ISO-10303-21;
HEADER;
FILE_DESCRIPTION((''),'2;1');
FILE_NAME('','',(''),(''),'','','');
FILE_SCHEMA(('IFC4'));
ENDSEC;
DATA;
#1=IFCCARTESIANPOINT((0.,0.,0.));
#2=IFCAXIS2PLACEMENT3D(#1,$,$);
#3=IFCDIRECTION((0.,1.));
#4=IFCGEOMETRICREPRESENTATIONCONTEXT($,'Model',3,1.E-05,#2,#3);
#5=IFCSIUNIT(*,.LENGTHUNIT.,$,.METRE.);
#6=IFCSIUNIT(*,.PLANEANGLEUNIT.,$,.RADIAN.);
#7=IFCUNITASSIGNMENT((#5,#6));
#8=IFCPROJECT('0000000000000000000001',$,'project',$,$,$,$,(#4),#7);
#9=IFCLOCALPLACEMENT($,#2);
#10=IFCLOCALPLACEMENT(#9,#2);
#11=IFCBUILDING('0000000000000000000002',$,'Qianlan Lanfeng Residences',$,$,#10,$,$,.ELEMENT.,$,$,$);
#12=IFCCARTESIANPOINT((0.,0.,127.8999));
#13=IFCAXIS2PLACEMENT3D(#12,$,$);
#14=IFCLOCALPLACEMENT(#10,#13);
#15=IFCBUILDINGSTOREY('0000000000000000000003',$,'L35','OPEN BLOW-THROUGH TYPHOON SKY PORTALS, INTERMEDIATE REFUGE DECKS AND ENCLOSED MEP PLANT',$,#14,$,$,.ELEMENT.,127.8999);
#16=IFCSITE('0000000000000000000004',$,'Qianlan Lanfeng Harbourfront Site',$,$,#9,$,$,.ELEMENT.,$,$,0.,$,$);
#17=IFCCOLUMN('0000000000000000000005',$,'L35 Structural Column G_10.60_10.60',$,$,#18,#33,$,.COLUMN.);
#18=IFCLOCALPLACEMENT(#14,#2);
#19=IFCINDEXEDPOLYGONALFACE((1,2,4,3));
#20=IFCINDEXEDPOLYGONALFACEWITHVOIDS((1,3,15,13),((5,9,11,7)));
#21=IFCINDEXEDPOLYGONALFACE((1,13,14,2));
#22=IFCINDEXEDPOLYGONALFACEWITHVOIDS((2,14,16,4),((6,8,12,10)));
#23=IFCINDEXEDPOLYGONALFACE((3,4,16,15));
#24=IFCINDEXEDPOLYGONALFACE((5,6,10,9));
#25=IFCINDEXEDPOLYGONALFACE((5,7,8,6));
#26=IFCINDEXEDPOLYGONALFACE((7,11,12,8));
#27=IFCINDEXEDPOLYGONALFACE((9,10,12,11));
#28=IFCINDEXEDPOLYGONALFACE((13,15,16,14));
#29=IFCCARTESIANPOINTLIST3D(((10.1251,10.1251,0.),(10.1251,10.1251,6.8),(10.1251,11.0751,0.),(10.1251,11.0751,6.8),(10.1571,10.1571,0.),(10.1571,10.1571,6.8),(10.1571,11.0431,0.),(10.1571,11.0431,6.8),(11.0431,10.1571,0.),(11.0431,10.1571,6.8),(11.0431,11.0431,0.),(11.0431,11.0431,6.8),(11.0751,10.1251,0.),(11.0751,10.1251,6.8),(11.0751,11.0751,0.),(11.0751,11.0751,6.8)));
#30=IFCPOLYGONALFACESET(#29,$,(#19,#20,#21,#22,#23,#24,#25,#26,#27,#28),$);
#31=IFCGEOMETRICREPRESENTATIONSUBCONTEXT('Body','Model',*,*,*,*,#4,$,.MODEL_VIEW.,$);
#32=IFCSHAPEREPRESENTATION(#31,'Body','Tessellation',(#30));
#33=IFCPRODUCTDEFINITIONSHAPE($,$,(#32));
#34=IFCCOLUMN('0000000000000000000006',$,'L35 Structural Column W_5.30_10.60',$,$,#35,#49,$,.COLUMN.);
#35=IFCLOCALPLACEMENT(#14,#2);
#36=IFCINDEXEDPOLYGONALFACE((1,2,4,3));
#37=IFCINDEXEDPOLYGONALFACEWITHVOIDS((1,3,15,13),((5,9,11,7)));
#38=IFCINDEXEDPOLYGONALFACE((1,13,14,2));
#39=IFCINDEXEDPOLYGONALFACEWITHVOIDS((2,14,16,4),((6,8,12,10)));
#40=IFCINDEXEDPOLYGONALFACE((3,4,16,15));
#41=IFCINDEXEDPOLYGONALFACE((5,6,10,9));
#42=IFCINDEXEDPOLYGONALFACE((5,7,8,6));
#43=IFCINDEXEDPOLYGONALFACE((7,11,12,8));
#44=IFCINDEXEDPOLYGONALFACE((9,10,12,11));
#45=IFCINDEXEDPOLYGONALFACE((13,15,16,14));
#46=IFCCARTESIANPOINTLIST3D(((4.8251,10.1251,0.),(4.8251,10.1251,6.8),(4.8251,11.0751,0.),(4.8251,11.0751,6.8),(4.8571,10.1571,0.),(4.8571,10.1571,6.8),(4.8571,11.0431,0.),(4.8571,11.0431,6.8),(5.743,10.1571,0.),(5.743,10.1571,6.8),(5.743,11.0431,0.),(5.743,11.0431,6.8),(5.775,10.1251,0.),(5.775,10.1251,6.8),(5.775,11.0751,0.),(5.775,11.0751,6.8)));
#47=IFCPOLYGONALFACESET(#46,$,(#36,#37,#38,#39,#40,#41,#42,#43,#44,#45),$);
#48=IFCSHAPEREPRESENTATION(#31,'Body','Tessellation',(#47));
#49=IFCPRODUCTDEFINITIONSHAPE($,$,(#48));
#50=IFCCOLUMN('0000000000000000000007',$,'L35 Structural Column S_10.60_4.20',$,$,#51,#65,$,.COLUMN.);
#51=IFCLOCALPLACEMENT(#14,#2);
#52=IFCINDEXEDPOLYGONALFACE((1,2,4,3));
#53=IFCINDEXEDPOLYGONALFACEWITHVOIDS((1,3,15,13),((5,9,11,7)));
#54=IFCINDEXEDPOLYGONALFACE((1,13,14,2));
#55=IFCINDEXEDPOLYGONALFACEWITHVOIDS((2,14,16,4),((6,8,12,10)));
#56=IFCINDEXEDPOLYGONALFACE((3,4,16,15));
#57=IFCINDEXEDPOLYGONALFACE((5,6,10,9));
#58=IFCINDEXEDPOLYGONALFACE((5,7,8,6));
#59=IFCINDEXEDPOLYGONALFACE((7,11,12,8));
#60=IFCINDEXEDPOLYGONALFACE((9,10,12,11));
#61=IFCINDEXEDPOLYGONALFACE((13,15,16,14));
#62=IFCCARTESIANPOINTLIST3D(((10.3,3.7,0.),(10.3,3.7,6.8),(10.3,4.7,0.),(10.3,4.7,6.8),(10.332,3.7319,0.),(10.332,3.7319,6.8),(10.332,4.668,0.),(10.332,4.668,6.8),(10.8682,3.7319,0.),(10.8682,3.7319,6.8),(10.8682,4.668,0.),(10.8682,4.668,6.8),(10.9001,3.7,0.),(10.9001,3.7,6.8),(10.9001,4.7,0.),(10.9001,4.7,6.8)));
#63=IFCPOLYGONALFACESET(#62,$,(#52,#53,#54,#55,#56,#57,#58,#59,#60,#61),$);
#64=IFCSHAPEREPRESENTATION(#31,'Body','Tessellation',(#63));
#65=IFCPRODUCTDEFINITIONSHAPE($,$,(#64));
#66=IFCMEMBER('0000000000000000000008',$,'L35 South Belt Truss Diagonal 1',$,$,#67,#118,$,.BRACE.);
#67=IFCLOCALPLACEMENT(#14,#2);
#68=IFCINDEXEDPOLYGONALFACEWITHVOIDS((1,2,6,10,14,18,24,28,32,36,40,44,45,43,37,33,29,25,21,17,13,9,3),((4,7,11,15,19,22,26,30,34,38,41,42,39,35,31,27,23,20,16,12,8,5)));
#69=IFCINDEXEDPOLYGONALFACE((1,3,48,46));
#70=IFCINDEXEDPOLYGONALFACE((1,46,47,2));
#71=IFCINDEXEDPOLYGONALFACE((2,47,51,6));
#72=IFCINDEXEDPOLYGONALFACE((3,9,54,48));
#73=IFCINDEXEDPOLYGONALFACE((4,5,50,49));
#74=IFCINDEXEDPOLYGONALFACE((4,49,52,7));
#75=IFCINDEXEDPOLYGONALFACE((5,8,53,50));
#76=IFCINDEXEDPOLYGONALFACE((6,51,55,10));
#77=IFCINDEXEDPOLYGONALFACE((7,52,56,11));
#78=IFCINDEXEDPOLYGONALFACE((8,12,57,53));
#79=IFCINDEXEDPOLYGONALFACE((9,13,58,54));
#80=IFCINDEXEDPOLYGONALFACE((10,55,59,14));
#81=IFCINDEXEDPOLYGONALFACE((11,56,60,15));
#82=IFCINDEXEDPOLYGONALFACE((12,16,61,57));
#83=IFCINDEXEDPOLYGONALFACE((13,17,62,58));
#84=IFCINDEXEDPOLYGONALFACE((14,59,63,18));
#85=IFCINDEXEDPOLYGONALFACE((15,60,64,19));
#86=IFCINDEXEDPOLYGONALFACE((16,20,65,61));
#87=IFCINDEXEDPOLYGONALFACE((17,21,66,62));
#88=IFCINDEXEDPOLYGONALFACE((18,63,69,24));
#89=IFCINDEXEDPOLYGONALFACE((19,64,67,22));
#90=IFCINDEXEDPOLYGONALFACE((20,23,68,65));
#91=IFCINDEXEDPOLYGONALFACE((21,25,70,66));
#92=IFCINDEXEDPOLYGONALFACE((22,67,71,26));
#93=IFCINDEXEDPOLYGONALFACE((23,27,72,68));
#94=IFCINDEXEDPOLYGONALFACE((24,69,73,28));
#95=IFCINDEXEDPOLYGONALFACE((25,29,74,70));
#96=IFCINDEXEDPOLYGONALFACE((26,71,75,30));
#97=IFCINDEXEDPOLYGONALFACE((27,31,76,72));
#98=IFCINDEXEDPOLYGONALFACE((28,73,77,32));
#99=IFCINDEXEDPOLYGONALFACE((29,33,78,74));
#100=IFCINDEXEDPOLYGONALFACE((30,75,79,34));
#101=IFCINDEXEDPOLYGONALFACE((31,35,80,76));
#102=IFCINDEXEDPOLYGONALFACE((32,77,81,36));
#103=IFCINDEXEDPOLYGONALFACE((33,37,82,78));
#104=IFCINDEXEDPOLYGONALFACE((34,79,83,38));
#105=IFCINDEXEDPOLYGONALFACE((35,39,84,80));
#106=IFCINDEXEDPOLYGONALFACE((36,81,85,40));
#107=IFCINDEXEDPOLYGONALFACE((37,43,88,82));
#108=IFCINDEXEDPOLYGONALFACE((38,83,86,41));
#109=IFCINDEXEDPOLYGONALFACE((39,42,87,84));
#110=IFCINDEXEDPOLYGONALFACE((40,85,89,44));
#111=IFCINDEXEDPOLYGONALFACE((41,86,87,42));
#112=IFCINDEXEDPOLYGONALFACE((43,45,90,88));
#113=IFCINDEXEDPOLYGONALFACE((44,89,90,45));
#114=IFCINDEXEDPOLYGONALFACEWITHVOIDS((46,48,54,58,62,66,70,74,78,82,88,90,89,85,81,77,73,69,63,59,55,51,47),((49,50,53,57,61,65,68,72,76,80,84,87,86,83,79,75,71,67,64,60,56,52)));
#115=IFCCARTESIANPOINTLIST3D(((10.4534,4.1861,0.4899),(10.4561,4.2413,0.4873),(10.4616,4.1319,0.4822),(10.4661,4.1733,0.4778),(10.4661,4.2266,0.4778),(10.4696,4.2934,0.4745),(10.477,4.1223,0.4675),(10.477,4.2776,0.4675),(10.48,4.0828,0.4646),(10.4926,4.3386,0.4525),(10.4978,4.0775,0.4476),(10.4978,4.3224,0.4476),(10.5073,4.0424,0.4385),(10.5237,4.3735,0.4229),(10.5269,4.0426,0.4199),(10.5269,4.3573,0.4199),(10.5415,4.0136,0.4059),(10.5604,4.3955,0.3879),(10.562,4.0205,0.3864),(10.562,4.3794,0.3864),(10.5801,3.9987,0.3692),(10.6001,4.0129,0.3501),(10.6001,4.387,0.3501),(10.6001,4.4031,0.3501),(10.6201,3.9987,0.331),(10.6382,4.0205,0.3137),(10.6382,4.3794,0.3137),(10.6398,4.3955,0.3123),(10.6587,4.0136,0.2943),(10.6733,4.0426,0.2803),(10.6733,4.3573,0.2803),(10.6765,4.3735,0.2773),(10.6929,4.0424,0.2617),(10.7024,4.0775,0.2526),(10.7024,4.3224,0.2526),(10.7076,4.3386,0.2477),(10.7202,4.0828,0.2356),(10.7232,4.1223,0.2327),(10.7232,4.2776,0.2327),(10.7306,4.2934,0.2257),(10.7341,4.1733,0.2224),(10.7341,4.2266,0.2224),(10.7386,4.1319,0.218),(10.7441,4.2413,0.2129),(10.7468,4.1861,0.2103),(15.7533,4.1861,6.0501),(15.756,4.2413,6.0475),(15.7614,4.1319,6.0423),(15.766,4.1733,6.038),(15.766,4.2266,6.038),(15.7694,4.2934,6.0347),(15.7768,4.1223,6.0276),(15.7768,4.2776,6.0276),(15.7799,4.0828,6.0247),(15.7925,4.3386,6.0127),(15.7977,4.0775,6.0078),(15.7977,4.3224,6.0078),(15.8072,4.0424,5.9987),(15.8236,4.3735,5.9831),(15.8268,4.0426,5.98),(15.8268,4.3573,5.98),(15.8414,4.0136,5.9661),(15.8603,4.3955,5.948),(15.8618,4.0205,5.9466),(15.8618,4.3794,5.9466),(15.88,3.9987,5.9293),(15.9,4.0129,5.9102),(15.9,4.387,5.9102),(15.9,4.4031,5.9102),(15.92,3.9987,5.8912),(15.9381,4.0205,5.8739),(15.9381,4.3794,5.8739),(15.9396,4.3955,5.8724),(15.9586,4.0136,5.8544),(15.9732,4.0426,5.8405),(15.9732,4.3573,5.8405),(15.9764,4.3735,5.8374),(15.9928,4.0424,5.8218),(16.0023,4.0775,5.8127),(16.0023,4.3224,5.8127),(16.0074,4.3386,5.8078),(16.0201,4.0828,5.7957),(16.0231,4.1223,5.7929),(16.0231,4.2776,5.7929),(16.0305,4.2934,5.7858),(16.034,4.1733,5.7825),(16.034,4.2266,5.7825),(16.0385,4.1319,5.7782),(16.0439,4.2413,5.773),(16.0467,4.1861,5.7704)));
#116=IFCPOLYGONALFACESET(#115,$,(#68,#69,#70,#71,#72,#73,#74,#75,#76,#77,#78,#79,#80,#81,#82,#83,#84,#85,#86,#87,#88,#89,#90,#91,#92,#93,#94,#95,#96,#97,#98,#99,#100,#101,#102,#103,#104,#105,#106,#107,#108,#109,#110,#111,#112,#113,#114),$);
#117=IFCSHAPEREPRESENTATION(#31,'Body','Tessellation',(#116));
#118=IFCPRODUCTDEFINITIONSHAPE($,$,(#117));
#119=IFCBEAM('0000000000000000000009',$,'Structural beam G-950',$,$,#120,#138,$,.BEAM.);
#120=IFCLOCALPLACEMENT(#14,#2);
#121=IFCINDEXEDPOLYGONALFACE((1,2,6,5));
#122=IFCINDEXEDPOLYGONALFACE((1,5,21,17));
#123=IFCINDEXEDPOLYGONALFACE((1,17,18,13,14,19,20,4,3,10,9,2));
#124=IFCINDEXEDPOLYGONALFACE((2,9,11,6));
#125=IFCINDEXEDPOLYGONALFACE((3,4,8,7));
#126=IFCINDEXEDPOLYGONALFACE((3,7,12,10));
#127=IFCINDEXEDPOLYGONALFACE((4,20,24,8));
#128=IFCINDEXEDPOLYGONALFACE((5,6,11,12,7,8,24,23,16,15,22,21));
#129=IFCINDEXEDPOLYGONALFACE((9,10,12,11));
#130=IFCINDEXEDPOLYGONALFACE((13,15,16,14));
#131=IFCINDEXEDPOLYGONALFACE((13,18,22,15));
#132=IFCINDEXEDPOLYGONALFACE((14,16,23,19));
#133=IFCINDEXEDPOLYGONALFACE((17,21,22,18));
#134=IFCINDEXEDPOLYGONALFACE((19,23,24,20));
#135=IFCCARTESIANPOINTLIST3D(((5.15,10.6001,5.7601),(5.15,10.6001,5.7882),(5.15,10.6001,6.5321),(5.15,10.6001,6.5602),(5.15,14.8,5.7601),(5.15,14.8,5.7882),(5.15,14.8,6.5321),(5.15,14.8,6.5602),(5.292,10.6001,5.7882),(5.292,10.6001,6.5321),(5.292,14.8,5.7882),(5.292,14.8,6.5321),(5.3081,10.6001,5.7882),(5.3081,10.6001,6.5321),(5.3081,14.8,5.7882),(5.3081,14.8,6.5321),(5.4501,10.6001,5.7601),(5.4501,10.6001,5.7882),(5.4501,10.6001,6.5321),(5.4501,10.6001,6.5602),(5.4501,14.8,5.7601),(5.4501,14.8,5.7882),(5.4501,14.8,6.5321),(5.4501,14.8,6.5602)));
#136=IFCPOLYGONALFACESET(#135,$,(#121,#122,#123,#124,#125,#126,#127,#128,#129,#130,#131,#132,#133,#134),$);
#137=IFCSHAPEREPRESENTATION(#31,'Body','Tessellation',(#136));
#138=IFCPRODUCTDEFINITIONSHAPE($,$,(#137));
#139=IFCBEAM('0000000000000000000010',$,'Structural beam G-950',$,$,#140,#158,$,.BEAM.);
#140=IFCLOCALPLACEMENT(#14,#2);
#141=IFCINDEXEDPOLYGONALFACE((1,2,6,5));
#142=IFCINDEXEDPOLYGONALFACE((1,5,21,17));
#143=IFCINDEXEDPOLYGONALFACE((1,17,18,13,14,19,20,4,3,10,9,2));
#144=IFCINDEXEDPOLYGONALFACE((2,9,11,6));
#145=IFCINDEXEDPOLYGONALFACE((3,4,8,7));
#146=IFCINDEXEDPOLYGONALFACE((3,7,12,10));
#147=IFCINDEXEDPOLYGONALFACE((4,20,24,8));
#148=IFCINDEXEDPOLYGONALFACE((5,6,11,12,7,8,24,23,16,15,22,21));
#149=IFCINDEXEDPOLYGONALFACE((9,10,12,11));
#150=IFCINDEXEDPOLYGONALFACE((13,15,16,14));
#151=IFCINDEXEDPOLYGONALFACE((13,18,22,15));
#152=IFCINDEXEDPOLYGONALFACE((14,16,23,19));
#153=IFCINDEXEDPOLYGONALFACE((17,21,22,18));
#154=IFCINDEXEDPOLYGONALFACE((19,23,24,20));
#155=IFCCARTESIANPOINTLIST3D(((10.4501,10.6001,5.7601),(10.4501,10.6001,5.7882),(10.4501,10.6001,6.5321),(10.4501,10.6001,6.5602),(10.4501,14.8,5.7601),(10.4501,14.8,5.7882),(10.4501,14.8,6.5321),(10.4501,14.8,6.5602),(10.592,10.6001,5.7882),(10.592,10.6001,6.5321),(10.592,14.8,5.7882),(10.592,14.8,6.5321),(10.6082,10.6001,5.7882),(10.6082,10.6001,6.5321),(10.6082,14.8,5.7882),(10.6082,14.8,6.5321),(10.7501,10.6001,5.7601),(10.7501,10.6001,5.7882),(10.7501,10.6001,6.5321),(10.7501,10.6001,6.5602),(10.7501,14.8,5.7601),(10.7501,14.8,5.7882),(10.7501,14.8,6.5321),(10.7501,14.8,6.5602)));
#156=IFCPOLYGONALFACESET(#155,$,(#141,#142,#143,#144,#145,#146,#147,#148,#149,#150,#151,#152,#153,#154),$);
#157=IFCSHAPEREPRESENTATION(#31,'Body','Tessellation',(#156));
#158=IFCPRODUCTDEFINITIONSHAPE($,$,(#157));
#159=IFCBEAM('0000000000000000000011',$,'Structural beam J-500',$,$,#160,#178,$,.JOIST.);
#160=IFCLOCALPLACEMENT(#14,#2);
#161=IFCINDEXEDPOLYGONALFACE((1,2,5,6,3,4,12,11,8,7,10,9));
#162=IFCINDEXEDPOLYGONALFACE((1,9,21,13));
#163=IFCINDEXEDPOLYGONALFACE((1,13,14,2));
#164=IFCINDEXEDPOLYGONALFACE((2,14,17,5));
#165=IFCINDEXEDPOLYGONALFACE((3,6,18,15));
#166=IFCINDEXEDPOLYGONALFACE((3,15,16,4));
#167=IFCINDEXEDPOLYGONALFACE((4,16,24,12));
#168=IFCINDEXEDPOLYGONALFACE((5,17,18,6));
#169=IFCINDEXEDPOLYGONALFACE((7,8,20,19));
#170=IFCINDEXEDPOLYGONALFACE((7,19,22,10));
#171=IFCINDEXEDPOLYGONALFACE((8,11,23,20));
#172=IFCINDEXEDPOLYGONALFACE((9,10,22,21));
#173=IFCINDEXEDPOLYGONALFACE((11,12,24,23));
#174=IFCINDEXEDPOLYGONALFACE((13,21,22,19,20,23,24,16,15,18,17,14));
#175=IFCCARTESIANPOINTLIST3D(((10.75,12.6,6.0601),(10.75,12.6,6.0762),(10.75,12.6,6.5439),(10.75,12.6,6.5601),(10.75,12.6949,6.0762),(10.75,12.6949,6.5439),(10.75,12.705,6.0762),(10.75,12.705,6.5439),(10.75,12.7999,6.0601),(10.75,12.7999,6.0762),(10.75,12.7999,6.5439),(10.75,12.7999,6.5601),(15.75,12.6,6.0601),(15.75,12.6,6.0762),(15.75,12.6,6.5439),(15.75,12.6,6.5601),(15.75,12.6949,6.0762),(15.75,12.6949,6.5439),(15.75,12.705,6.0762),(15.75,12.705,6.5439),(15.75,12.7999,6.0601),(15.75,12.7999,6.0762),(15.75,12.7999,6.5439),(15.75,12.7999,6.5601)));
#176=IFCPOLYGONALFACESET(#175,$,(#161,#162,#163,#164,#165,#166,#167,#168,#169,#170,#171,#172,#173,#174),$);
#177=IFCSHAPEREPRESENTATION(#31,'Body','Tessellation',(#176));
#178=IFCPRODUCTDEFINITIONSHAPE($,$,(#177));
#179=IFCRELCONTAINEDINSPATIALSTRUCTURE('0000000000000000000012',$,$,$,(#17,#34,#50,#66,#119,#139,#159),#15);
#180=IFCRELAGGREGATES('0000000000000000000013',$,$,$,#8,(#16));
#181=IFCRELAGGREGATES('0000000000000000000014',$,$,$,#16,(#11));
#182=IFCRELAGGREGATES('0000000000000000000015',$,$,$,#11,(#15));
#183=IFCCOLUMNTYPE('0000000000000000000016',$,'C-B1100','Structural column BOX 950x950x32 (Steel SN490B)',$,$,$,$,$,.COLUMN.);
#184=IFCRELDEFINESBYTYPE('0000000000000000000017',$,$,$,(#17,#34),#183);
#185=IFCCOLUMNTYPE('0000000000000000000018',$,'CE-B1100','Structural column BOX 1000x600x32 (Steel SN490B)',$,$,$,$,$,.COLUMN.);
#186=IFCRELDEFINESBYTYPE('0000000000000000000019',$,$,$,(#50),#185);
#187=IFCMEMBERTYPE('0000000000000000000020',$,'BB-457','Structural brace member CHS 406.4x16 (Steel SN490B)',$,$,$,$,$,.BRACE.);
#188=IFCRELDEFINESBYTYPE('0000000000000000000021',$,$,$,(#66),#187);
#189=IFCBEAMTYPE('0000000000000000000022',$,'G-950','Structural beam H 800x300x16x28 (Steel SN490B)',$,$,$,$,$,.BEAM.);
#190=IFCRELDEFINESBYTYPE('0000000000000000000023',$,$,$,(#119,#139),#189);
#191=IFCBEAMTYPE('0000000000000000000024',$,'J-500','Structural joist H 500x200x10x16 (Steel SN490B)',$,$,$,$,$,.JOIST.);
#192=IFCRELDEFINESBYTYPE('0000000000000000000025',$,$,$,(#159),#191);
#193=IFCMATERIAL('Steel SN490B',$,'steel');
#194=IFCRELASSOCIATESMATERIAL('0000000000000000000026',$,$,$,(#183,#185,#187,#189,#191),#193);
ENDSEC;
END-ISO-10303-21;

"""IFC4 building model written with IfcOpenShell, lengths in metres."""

from ifc_helpers import new_model, si_unit, direction, frame, origin, origin_2d, place, context, subcontext, project, spatial, hollow_rectangle, hollow_circle, i_section, extrude, material, material_profile, profile_set, type_object, element, save


model = new_model("IFC4")

# Units and contexts
model_context = context("Model", 3, precision=1e-05, world=origin(), true_north=direction((0.0, 1.0)))
body_context = subcontext(model_context, "Body", "Model", "MODEL_VIEW")
ifc_project = project(units=[si_unit("LENGTHUNIT", "METRE"), si_unit("PLANEANGLEUNIT", "RADIAN")], contexts=[model_context])

# Site, building, storey
site_placement = place(None, origin())
site = spatial("IfcSite", under=ifc_project, at=site_placement, Name="Qianlan Lanfeng Harbourfront Site", CompositionType="ELEMENT", RefElevation=0.0)
building_placement = place(site_placement, origin())
building = spatial("IfcBuilding", under=site, at=building_placement, Name="Qianlan Lanfeng Residences", CompositionType="ELEMENT")
storey_placement = place(building_placement, frame((0.0, 0.0, 127.8999)))
storey = spatial("IfcBuildingStorey", under=building, at=storey_placement, Name="L35", Description="OPEN BLOW-THROUGH TYPHOON SKY PORTALS, INTERMEDIATE REFUGE DECKS AND ENCLOSED MEP PLANT", CompositionType="ELEMENT", Elevation=127.8999)

# Columns
ifc_material_1 = material(Name="Steel SN490B", Category="steel")
ifc_material_profile_1 = material_profile(ifc_material_1, hollow_rectangle(XDim=0.95, YDim=0.95, WallThickness=0.032, at=origin_2d()), Name="BOX 950x950x32")
ifc_profile_set_1 = profile_set([ifc_material_profile_1], Name="Steel SN490B")
column_type_1 = type_object("IfcColumnType", Name="C-B1100", Description="Structural column BOX 950x950x32 (Steel SN490B)", PredefinedType="COLUMN", material=ifc_profile_set_1)
for number, where, z_axis, x_axis, name in (
    (1, (10.6001, 10.6001, 0.0), (0.0, 0.0, 1.0), (1.0, 0.0, 0.0), "L35 Structural Column G_10.60_10.60"),
    (2, (5.3, 10.6001, 0.0), (0.0, 0.0, 1.0), (1.0, 0.0, 0.0), "L35 Structural Column W_5.30_10.60"),
):
    element("IfcColumn", number, at=place(storey_placement, frame(where, z_axis=z_axis, x_axis=x_axis)), inside=storey, type_object=column_type_1, Name=name, PredefinedType="COLUMN", context=body_context, shape_type="SweptSolid", body=[
        extrude(hollow_rectangle(XDim=0.95, YDim=0.95, WallThickness=0.032, at=origin_2d()), origin(), (0.0, 0.0, 1.0), 6.8),
    ])
ifc_material_profile_2 = material_profile(ifc_material_1, hollow_rectangle(XDim=0.6001, YDim=1.0, WallThickness=0.032, at=origin_2d()), Name="BOX 1000x600x32")
ifc_profile_set_2 = profile_set([ifc_material_profile_2], Name="Steel SN490B")
column_type_2 = type_object("IfcColumnType", Name="CE-B1100", Description="Structural column BOX 1000x600x32 (Steel SN490B)", PredefinedType="COLUMN", material=ifc_profile_set_2)
column_placement = place(storey_placement, frame((10.6001, 4.2, 0.0), z_axis=(0.0, 0.0, 1.0), x_axis=(1.0, 0.0, 0.0)))
element("IfcColumn", 3, at=column_placement, inside=storey, type_object=column_type_2, Name="L35 Structural Column S_10.60_4.20", PredefinedType="COLUMN", context=body_context, shape_type="SweptSolid", body=[
    extrude(hollow_rectangle(XDim=0.6001, YDim=1.0, WallThickness=0.032, at=origin_2d()), origin(), (0.0, 0.0, 1.0), 6.8),
])

# Member
ifc_material_profile_3 = material_profile(ifc_material_1, hollow_circle(Radius=0.2031, WallThickness=0.0161, at=origin_2d()), Name="CHS 406.4x16")
ifc_profile_set_3 = profile_set([ifc_material_profile_3], Name="Steel SN490B")
member_type_1 = type_object("IfcMemberType", Name="BB-457", Description="Structural brace member CHS 406.4x16 (Steel SN490B)", PredefinedType="BRACE", material=ifc_profile_set_3)
member_1_placement = place(storey_placement, frame((10.6001, 4.2, 0.3501), z_axis=(0.689963, 0.0, 0.723845), x_axis=(0.0, 1.0, 0.0)))
element("IfcMember", 4, at=member_1_placement, inside=storey, type_object=member_type_1, Name="L35 South Belt Truss Diagonal 1", PredefinedType="BRACE", context=body_context, shape_type="SweptSolid", body=[
    extrude(hollow_circle(Radius=0.2031, WallThickness=0.0161, at=origin_2d()), origin(), (0.0, 0.0, 1.0), 7.6814),
])

# Beams
ifc_material_profile_4 = material_profile(ifc_material_1, i_section(OverallWidth=0.3, OverallDepth=0.8, WebThickness=0.0161, FlangeThickness=0.0281, at=origin_2d()), Name="H 800x300x16x28")
ifc_profile_set_4 = profile_set([ifc_material_profile_4], Name="Steel SN490B")
beam_type_1 = type_object("IfcBeamType", Name="G-950", Description="Structural beam H 800x300x16x28 (Steel SN490B)", PredefinedType="BEAM", material=ifc_profile_set_4)
for number, where, z_axis, x_axis, name in (
    (5, (5.3, 10.6001, 6.1602), (0.0, 1.0, 0.0), (-1.0, 0.0, 0.0), "Structural beam G-950"),
    (6, (10.6001, 10.6001, 6.1602), (0.0, 1.0, 0.0), (-1.0, 0.0, 0.0), "Structural beam G-950"),
):
    element("IfcBeam", number, at=place(storey_placement, frame(where, z_axis=z_axis, x_axis=x_axis)), inside=storey, type_object=beam_type_1, Name=name, PredefinedType="BEAM", context=body_context, shape_type="SweptSolid", body=[
        extrude(i_section(OverallWidth=0.3, OverallDepth=0.8, WebThickness=0.0161, FlangeThickness=0.0281, at=origin_2d()), origin(), (0.0, 0.0, 1.0), 4.2),
    ])
ifc_material_profile_5 = material_profile(ifc_material_1, i_section(OverallWidth=0.2, OverallDepth=0.5, WebThickness=0.01, FlangeThickness=0.0161, at=origin_2d()), Name="H 500x200x10x16")
ifc_profile_set_5 = profile_set([ifc_material_profile_5], Name="Steel SN490B")
beam_type_2 = type_object("IfcBeamType", Name="J-500", Description="Structural joist H 500x200x10x16 (Steel SN490B)", PredefinedType="JOIST", material=ifc_profile_set_5)
beam_1_placement = place(storey_placement, frame((10.75, 12.7, 6.3101), z_axis=(1.0, 0.0, 0.0), x_axis=(0.0, 1.0, 0.0)))
element("IfcBeam", 7, at=beam_1_placement, inside=storey, type_object=beam_type_2, Name="Structural beam J-500", PredefinedType="JOIST", context=body_context, shape_type="SweptSolid", body=[
    extrude(i_section(OverallWidth=0.2, OverallDepth=0.5, WebThickness=0.01, FlangeThickness=0.0161, at=origin_2d()), origin(), (0.0, 0.0, 1.0), 5.0),
])

save(model, "model.ifc")
